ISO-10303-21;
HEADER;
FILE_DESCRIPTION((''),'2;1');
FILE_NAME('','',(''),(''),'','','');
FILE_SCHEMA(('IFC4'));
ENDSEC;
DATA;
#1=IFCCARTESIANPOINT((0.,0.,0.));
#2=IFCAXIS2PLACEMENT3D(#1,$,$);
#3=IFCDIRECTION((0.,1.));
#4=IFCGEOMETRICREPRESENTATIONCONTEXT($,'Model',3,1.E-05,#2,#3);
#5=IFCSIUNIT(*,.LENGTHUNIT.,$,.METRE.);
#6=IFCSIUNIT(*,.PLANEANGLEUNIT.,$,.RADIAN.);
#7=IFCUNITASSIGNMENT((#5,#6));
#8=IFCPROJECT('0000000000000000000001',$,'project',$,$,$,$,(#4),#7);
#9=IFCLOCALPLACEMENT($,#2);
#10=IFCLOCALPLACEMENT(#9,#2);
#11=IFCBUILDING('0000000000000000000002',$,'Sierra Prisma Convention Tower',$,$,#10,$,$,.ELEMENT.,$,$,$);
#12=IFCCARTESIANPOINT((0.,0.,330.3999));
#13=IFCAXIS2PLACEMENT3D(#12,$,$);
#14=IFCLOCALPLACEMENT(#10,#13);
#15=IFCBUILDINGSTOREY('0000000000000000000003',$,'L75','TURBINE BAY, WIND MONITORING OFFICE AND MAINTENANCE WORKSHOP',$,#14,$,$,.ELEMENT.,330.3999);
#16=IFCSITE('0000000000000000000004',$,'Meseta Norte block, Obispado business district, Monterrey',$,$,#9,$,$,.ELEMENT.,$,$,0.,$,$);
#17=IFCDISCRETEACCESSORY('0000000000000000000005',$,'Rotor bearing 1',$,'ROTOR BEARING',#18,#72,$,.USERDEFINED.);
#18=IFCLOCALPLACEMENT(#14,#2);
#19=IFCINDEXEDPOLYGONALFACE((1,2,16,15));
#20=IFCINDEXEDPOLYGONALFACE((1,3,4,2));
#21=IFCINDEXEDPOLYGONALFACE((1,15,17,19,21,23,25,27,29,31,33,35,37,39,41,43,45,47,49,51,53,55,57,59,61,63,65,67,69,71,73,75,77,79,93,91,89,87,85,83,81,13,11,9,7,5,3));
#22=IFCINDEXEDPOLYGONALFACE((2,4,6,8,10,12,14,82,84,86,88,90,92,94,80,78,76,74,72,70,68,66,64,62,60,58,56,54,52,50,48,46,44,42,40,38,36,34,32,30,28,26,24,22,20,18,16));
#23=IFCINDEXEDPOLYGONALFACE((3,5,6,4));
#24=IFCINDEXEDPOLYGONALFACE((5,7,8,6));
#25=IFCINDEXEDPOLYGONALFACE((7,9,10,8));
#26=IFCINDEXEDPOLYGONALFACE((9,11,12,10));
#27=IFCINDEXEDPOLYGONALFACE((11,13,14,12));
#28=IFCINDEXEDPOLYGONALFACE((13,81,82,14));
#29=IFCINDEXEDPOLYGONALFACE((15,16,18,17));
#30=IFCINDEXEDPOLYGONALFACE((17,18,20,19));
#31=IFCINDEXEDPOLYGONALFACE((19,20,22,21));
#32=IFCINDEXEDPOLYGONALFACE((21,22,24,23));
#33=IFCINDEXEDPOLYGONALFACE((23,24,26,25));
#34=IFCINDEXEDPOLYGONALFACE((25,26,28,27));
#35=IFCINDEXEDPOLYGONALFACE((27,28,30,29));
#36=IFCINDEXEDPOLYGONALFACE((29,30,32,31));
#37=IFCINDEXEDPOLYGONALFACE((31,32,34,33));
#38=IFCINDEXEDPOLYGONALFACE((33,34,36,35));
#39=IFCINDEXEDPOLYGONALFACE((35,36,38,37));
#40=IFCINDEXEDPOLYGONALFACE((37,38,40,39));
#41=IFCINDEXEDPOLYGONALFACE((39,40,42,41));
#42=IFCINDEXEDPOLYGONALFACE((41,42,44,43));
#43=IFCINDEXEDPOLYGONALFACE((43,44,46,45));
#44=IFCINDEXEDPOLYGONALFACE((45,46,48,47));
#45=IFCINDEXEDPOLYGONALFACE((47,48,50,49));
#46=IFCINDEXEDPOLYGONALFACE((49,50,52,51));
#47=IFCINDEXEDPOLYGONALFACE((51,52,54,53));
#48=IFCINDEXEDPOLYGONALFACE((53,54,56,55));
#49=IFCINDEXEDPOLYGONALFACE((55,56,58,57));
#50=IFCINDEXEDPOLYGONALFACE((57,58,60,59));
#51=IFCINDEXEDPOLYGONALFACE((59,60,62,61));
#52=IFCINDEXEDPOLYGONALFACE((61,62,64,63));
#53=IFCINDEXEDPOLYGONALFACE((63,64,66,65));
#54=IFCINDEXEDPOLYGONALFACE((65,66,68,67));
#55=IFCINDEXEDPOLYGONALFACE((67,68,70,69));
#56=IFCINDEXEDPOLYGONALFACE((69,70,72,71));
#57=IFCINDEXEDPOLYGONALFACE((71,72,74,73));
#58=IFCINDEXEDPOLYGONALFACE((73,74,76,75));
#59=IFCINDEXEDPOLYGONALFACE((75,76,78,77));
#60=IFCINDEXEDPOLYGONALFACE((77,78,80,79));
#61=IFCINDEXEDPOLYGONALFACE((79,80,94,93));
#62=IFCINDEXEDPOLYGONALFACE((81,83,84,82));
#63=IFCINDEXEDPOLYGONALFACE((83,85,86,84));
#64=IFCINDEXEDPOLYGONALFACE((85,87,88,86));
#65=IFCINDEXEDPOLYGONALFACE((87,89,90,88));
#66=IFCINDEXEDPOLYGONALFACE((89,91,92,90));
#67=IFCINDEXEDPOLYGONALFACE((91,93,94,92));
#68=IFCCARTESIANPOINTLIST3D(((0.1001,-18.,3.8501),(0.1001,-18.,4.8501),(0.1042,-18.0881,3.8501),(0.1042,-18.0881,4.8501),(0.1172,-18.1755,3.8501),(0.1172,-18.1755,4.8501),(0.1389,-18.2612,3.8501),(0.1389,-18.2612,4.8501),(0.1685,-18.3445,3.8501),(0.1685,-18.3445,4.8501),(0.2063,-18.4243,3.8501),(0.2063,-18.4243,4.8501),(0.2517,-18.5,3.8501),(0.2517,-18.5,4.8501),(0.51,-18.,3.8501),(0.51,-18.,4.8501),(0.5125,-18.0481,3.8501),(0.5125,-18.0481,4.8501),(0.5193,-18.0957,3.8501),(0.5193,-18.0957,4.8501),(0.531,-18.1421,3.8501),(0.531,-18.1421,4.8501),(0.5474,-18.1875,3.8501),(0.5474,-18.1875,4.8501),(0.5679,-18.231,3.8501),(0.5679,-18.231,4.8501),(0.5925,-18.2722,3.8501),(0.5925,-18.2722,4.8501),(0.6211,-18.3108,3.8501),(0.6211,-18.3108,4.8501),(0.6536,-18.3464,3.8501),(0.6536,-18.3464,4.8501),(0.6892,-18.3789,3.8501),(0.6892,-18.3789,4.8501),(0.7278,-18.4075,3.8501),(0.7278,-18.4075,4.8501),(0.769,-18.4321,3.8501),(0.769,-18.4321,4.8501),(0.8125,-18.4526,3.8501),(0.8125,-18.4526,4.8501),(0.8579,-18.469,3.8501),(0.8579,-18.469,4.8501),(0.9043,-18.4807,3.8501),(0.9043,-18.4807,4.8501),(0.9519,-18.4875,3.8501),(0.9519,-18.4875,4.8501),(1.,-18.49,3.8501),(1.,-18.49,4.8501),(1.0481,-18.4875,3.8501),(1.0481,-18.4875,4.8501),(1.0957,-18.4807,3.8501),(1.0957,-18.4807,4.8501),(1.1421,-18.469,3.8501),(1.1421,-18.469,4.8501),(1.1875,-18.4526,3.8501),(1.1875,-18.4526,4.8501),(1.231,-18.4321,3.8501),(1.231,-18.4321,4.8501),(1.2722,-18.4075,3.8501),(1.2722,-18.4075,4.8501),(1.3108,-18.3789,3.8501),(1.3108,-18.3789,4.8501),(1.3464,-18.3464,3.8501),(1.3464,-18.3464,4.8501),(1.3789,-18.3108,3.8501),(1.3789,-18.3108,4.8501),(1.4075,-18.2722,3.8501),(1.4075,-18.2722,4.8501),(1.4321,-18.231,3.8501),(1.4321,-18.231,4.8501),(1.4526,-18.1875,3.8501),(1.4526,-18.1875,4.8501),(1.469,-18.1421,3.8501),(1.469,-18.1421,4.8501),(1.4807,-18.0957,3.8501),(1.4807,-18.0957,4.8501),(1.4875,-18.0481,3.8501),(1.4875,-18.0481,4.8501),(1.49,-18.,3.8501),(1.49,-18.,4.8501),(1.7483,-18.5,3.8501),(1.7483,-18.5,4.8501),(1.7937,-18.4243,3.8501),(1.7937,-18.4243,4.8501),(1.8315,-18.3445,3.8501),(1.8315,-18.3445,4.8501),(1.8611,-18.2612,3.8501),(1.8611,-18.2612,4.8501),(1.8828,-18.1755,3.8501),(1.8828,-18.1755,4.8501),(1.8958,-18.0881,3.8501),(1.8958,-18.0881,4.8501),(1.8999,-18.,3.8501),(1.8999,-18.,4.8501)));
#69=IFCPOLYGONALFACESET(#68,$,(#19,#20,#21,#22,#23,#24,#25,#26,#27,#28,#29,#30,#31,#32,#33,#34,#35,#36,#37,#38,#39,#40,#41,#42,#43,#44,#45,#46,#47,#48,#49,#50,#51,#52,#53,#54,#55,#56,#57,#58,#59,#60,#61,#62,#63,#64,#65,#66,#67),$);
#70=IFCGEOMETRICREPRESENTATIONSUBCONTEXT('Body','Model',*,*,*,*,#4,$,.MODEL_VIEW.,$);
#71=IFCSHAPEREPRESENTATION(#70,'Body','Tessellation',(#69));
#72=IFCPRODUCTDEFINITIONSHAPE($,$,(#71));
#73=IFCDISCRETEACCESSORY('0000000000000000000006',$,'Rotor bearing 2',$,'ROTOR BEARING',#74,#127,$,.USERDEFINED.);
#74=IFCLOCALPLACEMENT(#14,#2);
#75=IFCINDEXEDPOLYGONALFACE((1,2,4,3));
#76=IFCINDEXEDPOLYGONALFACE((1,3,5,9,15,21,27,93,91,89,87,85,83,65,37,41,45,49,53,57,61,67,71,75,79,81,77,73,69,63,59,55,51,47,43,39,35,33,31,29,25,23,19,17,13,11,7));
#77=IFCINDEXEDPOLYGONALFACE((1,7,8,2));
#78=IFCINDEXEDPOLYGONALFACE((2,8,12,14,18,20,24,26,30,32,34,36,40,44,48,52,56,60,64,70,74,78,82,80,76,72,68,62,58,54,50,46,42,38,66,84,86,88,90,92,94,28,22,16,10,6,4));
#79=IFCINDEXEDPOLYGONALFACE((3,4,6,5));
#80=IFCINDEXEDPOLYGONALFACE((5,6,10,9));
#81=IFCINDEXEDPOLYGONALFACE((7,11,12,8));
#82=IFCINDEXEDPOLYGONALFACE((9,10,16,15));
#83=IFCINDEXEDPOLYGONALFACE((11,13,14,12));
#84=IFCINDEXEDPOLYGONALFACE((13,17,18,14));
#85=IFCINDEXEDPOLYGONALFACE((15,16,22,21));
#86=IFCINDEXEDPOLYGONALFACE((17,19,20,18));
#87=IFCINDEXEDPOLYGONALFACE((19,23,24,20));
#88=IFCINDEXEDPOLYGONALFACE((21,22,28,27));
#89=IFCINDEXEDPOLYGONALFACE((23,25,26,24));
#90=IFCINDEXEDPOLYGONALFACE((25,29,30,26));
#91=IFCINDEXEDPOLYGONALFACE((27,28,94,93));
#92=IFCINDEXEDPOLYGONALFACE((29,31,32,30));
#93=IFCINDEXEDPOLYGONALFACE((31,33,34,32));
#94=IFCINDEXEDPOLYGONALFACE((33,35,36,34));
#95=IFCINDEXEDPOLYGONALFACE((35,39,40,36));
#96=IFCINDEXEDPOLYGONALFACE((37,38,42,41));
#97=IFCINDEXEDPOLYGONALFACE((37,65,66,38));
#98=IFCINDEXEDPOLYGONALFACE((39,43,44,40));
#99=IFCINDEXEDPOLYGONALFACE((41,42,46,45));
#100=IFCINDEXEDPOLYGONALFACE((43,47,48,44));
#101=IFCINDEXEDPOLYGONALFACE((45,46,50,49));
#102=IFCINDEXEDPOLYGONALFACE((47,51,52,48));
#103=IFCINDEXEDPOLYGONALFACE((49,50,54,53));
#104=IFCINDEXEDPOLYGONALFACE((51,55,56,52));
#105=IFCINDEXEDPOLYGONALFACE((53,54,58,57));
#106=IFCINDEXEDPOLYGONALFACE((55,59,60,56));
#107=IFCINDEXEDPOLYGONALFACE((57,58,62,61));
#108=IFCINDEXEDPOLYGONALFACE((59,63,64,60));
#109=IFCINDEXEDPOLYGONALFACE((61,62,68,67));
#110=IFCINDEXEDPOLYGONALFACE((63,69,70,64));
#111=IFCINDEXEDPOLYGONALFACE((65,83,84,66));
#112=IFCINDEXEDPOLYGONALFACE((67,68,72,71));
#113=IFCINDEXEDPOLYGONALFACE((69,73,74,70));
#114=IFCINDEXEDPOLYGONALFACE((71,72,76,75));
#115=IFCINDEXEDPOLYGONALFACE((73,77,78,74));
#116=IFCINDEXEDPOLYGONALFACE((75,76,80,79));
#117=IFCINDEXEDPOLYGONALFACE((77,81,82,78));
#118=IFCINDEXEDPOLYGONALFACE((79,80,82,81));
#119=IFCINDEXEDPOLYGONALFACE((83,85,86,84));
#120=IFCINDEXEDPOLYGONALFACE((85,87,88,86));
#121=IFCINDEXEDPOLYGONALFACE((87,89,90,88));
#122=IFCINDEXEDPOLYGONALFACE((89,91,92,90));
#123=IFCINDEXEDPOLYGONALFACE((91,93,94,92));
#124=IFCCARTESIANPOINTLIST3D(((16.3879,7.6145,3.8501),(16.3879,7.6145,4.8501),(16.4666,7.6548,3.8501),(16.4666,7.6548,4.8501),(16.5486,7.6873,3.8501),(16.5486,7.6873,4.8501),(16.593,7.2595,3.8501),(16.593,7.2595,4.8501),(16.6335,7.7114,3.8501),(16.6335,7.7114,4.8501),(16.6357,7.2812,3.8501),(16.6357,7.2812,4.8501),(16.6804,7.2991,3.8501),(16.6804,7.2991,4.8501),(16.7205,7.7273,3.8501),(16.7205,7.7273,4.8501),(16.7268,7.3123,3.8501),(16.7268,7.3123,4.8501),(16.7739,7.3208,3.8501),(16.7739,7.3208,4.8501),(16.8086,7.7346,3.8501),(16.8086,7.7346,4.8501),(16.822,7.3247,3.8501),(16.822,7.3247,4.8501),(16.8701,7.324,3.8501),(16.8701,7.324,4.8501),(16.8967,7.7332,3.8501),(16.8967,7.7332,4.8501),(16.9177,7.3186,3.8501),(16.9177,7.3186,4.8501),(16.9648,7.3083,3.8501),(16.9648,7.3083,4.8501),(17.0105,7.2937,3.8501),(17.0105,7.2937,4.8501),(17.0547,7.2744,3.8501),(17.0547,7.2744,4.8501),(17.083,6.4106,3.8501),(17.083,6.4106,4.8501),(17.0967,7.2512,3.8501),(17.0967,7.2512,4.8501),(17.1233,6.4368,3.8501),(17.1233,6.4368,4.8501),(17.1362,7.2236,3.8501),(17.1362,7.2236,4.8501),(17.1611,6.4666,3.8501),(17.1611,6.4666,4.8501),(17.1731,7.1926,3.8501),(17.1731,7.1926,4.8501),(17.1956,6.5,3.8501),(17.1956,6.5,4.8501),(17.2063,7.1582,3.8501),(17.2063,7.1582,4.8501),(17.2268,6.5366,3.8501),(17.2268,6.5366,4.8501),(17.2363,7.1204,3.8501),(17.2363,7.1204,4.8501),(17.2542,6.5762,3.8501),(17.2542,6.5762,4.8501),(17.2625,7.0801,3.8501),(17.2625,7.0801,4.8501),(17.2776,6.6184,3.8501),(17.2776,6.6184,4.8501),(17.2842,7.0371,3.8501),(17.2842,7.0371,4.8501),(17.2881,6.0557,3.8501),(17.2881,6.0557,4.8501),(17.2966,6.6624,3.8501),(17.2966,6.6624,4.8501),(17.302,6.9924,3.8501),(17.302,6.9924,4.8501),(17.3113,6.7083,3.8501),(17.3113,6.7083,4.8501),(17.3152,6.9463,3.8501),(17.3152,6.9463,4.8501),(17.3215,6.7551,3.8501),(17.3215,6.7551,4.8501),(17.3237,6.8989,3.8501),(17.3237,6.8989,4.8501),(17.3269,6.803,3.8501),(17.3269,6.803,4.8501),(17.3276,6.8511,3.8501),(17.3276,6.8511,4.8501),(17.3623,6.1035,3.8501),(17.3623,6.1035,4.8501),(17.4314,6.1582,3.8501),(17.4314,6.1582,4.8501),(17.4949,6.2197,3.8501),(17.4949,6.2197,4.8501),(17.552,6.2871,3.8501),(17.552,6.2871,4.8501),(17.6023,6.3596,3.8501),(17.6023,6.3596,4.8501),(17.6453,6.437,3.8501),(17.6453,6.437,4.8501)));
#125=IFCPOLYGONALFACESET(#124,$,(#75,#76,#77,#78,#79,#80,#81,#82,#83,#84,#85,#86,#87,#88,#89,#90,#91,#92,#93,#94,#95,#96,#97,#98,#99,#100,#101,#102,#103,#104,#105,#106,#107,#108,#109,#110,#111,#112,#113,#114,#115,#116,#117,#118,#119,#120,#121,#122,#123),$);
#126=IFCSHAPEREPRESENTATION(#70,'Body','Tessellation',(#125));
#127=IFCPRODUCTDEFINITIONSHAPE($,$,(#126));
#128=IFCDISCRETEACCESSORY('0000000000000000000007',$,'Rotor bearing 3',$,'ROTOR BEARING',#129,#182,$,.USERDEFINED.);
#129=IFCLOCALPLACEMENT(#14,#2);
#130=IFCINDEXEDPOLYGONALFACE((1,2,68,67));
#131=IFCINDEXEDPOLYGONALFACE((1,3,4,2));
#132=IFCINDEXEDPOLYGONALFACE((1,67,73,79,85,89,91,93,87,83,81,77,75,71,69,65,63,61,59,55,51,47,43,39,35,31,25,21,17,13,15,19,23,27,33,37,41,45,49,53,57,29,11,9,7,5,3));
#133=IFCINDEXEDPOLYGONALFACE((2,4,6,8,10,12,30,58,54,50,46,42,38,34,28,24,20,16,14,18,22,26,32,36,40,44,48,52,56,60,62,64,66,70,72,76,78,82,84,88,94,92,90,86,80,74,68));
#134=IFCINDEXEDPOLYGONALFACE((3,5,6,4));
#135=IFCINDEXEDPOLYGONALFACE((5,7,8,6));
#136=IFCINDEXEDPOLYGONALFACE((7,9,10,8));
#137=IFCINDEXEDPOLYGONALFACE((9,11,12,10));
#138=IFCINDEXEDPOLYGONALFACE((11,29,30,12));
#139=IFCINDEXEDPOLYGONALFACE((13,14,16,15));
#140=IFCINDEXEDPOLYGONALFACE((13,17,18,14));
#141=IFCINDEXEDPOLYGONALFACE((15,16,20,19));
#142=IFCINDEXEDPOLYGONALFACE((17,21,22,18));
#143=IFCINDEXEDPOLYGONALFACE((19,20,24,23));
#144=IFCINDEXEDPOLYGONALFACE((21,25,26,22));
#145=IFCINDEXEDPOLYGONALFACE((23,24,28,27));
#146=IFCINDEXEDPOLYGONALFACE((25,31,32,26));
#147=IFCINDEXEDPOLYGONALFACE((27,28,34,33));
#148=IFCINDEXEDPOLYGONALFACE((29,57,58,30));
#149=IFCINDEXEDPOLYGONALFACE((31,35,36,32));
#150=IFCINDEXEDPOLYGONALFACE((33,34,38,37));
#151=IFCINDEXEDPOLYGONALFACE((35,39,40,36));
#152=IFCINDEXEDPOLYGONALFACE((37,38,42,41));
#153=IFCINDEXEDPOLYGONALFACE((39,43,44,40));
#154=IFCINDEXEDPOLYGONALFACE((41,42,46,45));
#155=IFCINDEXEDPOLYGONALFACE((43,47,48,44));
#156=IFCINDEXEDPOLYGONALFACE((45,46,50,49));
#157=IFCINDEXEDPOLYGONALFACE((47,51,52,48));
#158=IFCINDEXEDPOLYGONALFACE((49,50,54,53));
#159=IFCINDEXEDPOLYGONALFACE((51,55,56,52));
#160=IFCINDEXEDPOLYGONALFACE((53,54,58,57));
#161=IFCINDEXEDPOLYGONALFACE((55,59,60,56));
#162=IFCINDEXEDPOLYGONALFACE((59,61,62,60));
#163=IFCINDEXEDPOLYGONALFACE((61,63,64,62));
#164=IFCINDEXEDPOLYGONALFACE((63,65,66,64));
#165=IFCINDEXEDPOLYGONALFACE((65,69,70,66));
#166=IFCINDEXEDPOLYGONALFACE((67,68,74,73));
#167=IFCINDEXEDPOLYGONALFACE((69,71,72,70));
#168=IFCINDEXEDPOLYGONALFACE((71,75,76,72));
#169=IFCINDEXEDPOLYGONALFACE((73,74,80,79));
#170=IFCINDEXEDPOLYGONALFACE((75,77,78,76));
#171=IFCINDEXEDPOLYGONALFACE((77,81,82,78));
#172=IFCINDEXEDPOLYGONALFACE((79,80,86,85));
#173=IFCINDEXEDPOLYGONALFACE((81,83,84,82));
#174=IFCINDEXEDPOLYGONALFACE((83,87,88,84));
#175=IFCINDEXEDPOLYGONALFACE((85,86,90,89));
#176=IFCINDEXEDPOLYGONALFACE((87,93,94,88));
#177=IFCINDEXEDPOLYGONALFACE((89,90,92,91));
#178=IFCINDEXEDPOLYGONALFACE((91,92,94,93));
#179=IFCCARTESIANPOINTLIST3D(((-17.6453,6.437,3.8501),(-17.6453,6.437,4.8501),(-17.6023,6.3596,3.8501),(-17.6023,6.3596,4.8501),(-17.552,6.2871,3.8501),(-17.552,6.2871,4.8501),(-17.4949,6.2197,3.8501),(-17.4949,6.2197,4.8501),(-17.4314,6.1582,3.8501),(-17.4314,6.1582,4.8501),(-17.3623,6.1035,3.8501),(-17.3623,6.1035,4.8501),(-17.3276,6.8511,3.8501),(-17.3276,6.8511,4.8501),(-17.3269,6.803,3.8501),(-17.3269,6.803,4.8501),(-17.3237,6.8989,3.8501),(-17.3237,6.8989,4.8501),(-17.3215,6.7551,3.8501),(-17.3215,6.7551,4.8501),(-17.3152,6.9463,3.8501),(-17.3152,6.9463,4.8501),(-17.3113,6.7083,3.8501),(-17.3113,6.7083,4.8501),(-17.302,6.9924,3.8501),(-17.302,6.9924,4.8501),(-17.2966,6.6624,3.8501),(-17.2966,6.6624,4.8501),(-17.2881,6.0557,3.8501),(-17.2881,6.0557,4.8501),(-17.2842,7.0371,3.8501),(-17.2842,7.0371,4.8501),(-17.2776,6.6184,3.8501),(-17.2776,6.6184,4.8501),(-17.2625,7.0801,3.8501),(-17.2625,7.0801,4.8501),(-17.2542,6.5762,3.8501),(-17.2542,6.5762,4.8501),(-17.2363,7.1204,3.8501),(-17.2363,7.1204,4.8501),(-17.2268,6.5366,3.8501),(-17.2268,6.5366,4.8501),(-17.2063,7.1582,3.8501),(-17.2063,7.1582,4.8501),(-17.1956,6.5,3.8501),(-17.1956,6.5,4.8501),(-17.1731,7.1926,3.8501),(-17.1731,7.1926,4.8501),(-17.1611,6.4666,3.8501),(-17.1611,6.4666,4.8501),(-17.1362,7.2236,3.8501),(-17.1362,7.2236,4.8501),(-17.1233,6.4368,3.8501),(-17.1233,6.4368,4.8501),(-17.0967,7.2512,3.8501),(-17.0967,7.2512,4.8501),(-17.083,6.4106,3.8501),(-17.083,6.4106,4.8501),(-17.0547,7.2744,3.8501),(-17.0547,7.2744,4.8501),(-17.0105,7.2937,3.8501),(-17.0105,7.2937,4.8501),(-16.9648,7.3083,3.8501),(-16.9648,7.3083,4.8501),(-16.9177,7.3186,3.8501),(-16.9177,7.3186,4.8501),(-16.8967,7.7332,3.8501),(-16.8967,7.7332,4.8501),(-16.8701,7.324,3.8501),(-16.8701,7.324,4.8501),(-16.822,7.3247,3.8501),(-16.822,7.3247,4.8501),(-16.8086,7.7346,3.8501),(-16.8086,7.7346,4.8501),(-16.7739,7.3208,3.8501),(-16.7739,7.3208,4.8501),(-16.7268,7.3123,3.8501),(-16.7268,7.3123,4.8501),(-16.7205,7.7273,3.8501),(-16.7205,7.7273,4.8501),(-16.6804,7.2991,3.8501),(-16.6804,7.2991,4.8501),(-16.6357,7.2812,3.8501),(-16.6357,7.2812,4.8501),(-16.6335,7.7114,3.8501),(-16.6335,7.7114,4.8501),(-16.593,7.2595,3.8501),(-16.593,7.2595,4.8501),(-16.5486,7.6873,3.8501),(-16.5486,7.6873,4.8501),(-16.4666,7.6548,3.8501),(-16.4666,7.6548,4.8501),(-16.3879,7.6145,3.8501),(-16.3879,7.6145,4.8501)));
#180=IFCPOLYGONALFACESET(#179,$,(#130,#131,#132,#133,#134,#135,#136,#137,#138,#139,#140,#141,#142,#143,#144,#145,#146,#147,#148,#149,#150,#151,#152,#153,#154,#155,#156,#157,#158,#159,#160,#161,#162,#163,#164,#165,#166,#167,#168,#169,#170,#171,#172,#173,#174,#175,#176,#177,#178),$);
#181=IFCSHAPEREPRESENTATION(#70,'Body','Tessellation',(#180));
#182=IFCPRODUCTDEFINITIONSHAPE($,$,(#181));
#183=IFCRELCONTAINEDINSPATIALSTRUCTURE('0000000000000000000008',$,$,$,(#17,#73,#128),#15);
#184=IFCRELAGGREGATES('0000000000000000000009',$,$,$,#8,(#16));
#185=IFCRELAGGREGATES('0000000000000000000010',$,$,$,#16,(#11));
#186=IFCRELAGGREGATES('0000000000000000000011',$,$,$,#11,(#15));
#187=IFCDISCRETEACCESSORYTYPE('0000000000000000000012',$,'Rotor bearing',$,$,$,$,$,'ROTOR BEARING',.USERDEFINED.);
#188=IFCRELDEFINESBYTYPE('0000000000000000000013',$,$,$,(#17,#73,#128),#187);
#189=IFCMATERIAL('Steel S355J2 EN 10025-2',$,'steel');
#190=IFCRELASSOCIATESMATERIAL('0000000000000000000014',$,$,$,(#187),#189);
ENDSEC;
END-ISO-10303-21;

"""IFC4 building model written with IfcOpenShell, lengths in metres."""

from ifc_helpers import new_model, si_unit, direction, frame, origin, place, context, subcontext, project, spatial, polyline, outline, extrude, material, type_object, element, save


model = new_model("IFC4")

# Units and contexts
model_context = context("Model", 3, precision=1e-05, world=origin(), true_north=direction((0.0, 1.0)))
body_context = subcontext(model_context, "Body", "Model", "MODEL_VIEW")
ifc_project = project(units=[si_unit("LENGTHUNIT", "METRE"), si_unit("PLANEANGLEUNIT", "RADIAN")], contexts=[model_context])

# Site, building, storey
site_placement = place(None, origin())
site = spatial("IfcSite", under=ifc_project, at=site_placement, Name="Meseta Norte block, Obispado business district, Monterrey", CompositionType="ELEMENT", RefElevation=0.0)
building_placement = place(site_placement, origin())
building = spatial("IfcBuilding", under=site, at=building_placement, Name="Sierra Prisma Convention Tower", CompositionType="ELEMENT")
storey_placement = place(building_placement, frame((0.0, 0.0, 330.3999)))
storey = spatial("IfcBuildingStorey", under=building, at=storey_placement, Name="L75", Description="TURBINE BAY, WIND MONITORING OFFICE AND MAINTENANCE WORKSHOP", CompositionType="ELEMENT", Elevation=330.3999)

# Discrete accessories
ifc_material_1 = material(Name="Steel S355J2 EN 10025-2", Category="steel")
discrete_accessory_type_1 = type_object("IfcDiscreteAccessoryType", Name="Rotor bearing", ElementType="ROTOR BEARING", PredefinedType="USERDEFINED", material=ifc_material_1)
discrete_accessory_1_placement = place(storey_placement, frame((0.0, 0.0, 3.8501)))
element("IfcDiscreteAccessory", 1, at=discrete_accessory_1_placement, inside=storey, type_object=discrete_accessory_type_1, Name="Rotor bearing 1", ObjectType="ROTOR BEARING", PredefinedType="USERDEFINED", context=body_context, shape_type="SweptSolid", body=[
    extrude(outline(polyline([(0.2063, -18.4243), (0.1685, -18.3445), (0.1389, -18.2612), (0.1172, -18.1755), (0.1042, -18.0881), (0.1001, -18.0), (0.51, -18.0), (0.5125, -18.0481), (0.5193, -18.0957), (0.531, -18.1421), (0.5474, -18.1875), (0.5679, -18.231), (0.5925, -18.2722), (0.6211, -18.3108), (0.6536, -18.3464), (0.6892, -18.3789), (0.7278, -18.4075), (0.769, -18.4321), (0.8125, -18.4526), (0.8579, -18.469), (0.9043, -18.4807), (0.9519, -18.4875), (1.0, -18.49), (1.0481, -18.4875), (1.0957, -18.4807), (1.1421, -18.469), (1.1875, -18.4526), (1.231, -18.4321), (1.2722, -18.4075), (1.3108, -18.3789), (1.3464, -18.3464), (1.3789, -18.3108), (1.4075, -18.2722), (1.4321, -18.231), (1.4526, -18.1875), (1.469, -18.1421), (1.4807, -18.0957), (1.4875, -18.0481), (1.49, -18.0), (1.8999, -18.0), (1.8958, -18.0881), (1.8828, -18.1755), (1.8611, -18.2612), (1.8315, -18.3445), (1.7937, -18.4243), (1.7483, -18.5), (0.2517, -18.5), (0.2063, -18.4243)])), origin(), (0.0, 0.0, 1.0), 1.0),
])
discrete_accessory_2_placement = place(storey_placement, frame((0.0, 0.0, 3.8501)))
element("IfcDiscreteAccessory", 2, at=discrete_accessory_2_placement, inside=storey, type_object=discrete_accessory_type_1, Name="Rotor bearing 2", ObjectType="ROTOR BEARING", PredefinedType="USERDEFINED", context=body_context, shape_type="SweptSolid", body=[
    extrude(outline(polyline([(17.6023, 6.3596), (17.552, 6.2871), (17.4949, 6.2197), (17.4314, 6.1582), (17.3623, 6.1035), (17.2881, 6.0557), (17.083, 6.4106), (17.1233, 6.4368), (17.1611, 6.4666), (17.1956, 6.5), (17.2268, 6.5366), (17.2542, 6.5762), (17.2776, 6.6184), (17.2966, 6.6624), (17.3113, 6.7083), (17.3215, 6.7551), (17.3269, 6.803), (17.3276, 6.8511), (17.3237, 6.8989), (17.3152, 6.9463), (17.302, 6.9924), (17.2842, 7.0371), (17.2625, 7.0801), (17.2363, 7.1204), (17.2063, 7.1582), (17.1731, 7.1926), (17.1362, 7.2236), (17.0967, 7.2512), (17.0547, 7.2744), (17.0105, 7.2937), (16.9648, 7.3083), (16.9177, 7.3186), (16.8701, 7.324), (16.822, 7.3247), (16.7739, 7.3208), (16.7268, 7.3123), (16.6804, 7.2991), (16.6357, 7.2812), (16.593, 7.2595), (16.3879, 7.6145), (16.4666, 7.6548), (16.5486, 7.6873), (16.6335, 7.7114), (16.7205, 7.7273), (16.8086, 7.7346), (16.8967, 7.7332), (17.6453, 6.437), (17.6023, 6.3596)])), origin(), (0.0, 0.0, 1.0), 1.0),
])
discrete_accessory_3_placement = place(storey_placement, frame((0.0, 0.0, 3.8501)))
element("IfcDiscreteAccessory", 3, at=discrete_accessory_3_placement, inside=storey, type_object=discrete_accessory_type_1, Name="Rotor bearing 3", ObjectType="ROTOR BEARING", PredefinedType="USERDEFINED", context=body_context, shape_type="SweptSolid", body=[
    extrude(outline(polyline([(-16.8086, 7.7346), (-16.7205, 7.7273), (-16.6335, 7.7114), (-16.5486, 7.6873), (-16.4666, 7.6548), (-16.3879, 7.6145), (-16.593, 7.2595), (-16.6357, 7.2812), (-16.6804, 7.2991), (-16.7268, 7.3123), (-16.7739, 7.3208), (-16.822, 7.3247), (-16.8701, 7.324), (-16.9177, 7.3186), (-16.9648, 7.3083), (-17.0105, 7.2937), (-17.0547, 7.2744), (-17.0967, 7.2512), (-17.1362, 7.2236), (-17.1731, 7.1926), (-17.2063, 7.1582), (-17.2363, 7.1204), (-17.2625, 7.0801), (-17.2842, 7.0371), (-17.302, 6.9924), (-17.3152, 6.9463), (-17.3237, 6.8989), (-17.3276, 6.8511), (-17.3269, 6.803), (-17.3215, 6.7551), (-17.3113, 6.7083), (-17.2966, 6.6624), (-17.2776, 6.6184), (-17.2542, 6.5762), (-17.2268, 6.5366), (-17.1956, 6.5), (-17.1611, 6.4666), (-17.1233, 6.4368), (-17.083, 6.4106), (-17.2881, 6.0557), (-17.3623, 6.1035), (-17.4314, 6.1582), (-17.4949, 6.2197), (-17.552, 6.2871), (-17.6023, 6.3596), (-17.6453, 6.437), (-16.8967, 7.7332), (-16.8086, 7.7346)])), origin(), (0.0, 0.0, 1.0), 1.0),
])

save(model, "model.ifc")
